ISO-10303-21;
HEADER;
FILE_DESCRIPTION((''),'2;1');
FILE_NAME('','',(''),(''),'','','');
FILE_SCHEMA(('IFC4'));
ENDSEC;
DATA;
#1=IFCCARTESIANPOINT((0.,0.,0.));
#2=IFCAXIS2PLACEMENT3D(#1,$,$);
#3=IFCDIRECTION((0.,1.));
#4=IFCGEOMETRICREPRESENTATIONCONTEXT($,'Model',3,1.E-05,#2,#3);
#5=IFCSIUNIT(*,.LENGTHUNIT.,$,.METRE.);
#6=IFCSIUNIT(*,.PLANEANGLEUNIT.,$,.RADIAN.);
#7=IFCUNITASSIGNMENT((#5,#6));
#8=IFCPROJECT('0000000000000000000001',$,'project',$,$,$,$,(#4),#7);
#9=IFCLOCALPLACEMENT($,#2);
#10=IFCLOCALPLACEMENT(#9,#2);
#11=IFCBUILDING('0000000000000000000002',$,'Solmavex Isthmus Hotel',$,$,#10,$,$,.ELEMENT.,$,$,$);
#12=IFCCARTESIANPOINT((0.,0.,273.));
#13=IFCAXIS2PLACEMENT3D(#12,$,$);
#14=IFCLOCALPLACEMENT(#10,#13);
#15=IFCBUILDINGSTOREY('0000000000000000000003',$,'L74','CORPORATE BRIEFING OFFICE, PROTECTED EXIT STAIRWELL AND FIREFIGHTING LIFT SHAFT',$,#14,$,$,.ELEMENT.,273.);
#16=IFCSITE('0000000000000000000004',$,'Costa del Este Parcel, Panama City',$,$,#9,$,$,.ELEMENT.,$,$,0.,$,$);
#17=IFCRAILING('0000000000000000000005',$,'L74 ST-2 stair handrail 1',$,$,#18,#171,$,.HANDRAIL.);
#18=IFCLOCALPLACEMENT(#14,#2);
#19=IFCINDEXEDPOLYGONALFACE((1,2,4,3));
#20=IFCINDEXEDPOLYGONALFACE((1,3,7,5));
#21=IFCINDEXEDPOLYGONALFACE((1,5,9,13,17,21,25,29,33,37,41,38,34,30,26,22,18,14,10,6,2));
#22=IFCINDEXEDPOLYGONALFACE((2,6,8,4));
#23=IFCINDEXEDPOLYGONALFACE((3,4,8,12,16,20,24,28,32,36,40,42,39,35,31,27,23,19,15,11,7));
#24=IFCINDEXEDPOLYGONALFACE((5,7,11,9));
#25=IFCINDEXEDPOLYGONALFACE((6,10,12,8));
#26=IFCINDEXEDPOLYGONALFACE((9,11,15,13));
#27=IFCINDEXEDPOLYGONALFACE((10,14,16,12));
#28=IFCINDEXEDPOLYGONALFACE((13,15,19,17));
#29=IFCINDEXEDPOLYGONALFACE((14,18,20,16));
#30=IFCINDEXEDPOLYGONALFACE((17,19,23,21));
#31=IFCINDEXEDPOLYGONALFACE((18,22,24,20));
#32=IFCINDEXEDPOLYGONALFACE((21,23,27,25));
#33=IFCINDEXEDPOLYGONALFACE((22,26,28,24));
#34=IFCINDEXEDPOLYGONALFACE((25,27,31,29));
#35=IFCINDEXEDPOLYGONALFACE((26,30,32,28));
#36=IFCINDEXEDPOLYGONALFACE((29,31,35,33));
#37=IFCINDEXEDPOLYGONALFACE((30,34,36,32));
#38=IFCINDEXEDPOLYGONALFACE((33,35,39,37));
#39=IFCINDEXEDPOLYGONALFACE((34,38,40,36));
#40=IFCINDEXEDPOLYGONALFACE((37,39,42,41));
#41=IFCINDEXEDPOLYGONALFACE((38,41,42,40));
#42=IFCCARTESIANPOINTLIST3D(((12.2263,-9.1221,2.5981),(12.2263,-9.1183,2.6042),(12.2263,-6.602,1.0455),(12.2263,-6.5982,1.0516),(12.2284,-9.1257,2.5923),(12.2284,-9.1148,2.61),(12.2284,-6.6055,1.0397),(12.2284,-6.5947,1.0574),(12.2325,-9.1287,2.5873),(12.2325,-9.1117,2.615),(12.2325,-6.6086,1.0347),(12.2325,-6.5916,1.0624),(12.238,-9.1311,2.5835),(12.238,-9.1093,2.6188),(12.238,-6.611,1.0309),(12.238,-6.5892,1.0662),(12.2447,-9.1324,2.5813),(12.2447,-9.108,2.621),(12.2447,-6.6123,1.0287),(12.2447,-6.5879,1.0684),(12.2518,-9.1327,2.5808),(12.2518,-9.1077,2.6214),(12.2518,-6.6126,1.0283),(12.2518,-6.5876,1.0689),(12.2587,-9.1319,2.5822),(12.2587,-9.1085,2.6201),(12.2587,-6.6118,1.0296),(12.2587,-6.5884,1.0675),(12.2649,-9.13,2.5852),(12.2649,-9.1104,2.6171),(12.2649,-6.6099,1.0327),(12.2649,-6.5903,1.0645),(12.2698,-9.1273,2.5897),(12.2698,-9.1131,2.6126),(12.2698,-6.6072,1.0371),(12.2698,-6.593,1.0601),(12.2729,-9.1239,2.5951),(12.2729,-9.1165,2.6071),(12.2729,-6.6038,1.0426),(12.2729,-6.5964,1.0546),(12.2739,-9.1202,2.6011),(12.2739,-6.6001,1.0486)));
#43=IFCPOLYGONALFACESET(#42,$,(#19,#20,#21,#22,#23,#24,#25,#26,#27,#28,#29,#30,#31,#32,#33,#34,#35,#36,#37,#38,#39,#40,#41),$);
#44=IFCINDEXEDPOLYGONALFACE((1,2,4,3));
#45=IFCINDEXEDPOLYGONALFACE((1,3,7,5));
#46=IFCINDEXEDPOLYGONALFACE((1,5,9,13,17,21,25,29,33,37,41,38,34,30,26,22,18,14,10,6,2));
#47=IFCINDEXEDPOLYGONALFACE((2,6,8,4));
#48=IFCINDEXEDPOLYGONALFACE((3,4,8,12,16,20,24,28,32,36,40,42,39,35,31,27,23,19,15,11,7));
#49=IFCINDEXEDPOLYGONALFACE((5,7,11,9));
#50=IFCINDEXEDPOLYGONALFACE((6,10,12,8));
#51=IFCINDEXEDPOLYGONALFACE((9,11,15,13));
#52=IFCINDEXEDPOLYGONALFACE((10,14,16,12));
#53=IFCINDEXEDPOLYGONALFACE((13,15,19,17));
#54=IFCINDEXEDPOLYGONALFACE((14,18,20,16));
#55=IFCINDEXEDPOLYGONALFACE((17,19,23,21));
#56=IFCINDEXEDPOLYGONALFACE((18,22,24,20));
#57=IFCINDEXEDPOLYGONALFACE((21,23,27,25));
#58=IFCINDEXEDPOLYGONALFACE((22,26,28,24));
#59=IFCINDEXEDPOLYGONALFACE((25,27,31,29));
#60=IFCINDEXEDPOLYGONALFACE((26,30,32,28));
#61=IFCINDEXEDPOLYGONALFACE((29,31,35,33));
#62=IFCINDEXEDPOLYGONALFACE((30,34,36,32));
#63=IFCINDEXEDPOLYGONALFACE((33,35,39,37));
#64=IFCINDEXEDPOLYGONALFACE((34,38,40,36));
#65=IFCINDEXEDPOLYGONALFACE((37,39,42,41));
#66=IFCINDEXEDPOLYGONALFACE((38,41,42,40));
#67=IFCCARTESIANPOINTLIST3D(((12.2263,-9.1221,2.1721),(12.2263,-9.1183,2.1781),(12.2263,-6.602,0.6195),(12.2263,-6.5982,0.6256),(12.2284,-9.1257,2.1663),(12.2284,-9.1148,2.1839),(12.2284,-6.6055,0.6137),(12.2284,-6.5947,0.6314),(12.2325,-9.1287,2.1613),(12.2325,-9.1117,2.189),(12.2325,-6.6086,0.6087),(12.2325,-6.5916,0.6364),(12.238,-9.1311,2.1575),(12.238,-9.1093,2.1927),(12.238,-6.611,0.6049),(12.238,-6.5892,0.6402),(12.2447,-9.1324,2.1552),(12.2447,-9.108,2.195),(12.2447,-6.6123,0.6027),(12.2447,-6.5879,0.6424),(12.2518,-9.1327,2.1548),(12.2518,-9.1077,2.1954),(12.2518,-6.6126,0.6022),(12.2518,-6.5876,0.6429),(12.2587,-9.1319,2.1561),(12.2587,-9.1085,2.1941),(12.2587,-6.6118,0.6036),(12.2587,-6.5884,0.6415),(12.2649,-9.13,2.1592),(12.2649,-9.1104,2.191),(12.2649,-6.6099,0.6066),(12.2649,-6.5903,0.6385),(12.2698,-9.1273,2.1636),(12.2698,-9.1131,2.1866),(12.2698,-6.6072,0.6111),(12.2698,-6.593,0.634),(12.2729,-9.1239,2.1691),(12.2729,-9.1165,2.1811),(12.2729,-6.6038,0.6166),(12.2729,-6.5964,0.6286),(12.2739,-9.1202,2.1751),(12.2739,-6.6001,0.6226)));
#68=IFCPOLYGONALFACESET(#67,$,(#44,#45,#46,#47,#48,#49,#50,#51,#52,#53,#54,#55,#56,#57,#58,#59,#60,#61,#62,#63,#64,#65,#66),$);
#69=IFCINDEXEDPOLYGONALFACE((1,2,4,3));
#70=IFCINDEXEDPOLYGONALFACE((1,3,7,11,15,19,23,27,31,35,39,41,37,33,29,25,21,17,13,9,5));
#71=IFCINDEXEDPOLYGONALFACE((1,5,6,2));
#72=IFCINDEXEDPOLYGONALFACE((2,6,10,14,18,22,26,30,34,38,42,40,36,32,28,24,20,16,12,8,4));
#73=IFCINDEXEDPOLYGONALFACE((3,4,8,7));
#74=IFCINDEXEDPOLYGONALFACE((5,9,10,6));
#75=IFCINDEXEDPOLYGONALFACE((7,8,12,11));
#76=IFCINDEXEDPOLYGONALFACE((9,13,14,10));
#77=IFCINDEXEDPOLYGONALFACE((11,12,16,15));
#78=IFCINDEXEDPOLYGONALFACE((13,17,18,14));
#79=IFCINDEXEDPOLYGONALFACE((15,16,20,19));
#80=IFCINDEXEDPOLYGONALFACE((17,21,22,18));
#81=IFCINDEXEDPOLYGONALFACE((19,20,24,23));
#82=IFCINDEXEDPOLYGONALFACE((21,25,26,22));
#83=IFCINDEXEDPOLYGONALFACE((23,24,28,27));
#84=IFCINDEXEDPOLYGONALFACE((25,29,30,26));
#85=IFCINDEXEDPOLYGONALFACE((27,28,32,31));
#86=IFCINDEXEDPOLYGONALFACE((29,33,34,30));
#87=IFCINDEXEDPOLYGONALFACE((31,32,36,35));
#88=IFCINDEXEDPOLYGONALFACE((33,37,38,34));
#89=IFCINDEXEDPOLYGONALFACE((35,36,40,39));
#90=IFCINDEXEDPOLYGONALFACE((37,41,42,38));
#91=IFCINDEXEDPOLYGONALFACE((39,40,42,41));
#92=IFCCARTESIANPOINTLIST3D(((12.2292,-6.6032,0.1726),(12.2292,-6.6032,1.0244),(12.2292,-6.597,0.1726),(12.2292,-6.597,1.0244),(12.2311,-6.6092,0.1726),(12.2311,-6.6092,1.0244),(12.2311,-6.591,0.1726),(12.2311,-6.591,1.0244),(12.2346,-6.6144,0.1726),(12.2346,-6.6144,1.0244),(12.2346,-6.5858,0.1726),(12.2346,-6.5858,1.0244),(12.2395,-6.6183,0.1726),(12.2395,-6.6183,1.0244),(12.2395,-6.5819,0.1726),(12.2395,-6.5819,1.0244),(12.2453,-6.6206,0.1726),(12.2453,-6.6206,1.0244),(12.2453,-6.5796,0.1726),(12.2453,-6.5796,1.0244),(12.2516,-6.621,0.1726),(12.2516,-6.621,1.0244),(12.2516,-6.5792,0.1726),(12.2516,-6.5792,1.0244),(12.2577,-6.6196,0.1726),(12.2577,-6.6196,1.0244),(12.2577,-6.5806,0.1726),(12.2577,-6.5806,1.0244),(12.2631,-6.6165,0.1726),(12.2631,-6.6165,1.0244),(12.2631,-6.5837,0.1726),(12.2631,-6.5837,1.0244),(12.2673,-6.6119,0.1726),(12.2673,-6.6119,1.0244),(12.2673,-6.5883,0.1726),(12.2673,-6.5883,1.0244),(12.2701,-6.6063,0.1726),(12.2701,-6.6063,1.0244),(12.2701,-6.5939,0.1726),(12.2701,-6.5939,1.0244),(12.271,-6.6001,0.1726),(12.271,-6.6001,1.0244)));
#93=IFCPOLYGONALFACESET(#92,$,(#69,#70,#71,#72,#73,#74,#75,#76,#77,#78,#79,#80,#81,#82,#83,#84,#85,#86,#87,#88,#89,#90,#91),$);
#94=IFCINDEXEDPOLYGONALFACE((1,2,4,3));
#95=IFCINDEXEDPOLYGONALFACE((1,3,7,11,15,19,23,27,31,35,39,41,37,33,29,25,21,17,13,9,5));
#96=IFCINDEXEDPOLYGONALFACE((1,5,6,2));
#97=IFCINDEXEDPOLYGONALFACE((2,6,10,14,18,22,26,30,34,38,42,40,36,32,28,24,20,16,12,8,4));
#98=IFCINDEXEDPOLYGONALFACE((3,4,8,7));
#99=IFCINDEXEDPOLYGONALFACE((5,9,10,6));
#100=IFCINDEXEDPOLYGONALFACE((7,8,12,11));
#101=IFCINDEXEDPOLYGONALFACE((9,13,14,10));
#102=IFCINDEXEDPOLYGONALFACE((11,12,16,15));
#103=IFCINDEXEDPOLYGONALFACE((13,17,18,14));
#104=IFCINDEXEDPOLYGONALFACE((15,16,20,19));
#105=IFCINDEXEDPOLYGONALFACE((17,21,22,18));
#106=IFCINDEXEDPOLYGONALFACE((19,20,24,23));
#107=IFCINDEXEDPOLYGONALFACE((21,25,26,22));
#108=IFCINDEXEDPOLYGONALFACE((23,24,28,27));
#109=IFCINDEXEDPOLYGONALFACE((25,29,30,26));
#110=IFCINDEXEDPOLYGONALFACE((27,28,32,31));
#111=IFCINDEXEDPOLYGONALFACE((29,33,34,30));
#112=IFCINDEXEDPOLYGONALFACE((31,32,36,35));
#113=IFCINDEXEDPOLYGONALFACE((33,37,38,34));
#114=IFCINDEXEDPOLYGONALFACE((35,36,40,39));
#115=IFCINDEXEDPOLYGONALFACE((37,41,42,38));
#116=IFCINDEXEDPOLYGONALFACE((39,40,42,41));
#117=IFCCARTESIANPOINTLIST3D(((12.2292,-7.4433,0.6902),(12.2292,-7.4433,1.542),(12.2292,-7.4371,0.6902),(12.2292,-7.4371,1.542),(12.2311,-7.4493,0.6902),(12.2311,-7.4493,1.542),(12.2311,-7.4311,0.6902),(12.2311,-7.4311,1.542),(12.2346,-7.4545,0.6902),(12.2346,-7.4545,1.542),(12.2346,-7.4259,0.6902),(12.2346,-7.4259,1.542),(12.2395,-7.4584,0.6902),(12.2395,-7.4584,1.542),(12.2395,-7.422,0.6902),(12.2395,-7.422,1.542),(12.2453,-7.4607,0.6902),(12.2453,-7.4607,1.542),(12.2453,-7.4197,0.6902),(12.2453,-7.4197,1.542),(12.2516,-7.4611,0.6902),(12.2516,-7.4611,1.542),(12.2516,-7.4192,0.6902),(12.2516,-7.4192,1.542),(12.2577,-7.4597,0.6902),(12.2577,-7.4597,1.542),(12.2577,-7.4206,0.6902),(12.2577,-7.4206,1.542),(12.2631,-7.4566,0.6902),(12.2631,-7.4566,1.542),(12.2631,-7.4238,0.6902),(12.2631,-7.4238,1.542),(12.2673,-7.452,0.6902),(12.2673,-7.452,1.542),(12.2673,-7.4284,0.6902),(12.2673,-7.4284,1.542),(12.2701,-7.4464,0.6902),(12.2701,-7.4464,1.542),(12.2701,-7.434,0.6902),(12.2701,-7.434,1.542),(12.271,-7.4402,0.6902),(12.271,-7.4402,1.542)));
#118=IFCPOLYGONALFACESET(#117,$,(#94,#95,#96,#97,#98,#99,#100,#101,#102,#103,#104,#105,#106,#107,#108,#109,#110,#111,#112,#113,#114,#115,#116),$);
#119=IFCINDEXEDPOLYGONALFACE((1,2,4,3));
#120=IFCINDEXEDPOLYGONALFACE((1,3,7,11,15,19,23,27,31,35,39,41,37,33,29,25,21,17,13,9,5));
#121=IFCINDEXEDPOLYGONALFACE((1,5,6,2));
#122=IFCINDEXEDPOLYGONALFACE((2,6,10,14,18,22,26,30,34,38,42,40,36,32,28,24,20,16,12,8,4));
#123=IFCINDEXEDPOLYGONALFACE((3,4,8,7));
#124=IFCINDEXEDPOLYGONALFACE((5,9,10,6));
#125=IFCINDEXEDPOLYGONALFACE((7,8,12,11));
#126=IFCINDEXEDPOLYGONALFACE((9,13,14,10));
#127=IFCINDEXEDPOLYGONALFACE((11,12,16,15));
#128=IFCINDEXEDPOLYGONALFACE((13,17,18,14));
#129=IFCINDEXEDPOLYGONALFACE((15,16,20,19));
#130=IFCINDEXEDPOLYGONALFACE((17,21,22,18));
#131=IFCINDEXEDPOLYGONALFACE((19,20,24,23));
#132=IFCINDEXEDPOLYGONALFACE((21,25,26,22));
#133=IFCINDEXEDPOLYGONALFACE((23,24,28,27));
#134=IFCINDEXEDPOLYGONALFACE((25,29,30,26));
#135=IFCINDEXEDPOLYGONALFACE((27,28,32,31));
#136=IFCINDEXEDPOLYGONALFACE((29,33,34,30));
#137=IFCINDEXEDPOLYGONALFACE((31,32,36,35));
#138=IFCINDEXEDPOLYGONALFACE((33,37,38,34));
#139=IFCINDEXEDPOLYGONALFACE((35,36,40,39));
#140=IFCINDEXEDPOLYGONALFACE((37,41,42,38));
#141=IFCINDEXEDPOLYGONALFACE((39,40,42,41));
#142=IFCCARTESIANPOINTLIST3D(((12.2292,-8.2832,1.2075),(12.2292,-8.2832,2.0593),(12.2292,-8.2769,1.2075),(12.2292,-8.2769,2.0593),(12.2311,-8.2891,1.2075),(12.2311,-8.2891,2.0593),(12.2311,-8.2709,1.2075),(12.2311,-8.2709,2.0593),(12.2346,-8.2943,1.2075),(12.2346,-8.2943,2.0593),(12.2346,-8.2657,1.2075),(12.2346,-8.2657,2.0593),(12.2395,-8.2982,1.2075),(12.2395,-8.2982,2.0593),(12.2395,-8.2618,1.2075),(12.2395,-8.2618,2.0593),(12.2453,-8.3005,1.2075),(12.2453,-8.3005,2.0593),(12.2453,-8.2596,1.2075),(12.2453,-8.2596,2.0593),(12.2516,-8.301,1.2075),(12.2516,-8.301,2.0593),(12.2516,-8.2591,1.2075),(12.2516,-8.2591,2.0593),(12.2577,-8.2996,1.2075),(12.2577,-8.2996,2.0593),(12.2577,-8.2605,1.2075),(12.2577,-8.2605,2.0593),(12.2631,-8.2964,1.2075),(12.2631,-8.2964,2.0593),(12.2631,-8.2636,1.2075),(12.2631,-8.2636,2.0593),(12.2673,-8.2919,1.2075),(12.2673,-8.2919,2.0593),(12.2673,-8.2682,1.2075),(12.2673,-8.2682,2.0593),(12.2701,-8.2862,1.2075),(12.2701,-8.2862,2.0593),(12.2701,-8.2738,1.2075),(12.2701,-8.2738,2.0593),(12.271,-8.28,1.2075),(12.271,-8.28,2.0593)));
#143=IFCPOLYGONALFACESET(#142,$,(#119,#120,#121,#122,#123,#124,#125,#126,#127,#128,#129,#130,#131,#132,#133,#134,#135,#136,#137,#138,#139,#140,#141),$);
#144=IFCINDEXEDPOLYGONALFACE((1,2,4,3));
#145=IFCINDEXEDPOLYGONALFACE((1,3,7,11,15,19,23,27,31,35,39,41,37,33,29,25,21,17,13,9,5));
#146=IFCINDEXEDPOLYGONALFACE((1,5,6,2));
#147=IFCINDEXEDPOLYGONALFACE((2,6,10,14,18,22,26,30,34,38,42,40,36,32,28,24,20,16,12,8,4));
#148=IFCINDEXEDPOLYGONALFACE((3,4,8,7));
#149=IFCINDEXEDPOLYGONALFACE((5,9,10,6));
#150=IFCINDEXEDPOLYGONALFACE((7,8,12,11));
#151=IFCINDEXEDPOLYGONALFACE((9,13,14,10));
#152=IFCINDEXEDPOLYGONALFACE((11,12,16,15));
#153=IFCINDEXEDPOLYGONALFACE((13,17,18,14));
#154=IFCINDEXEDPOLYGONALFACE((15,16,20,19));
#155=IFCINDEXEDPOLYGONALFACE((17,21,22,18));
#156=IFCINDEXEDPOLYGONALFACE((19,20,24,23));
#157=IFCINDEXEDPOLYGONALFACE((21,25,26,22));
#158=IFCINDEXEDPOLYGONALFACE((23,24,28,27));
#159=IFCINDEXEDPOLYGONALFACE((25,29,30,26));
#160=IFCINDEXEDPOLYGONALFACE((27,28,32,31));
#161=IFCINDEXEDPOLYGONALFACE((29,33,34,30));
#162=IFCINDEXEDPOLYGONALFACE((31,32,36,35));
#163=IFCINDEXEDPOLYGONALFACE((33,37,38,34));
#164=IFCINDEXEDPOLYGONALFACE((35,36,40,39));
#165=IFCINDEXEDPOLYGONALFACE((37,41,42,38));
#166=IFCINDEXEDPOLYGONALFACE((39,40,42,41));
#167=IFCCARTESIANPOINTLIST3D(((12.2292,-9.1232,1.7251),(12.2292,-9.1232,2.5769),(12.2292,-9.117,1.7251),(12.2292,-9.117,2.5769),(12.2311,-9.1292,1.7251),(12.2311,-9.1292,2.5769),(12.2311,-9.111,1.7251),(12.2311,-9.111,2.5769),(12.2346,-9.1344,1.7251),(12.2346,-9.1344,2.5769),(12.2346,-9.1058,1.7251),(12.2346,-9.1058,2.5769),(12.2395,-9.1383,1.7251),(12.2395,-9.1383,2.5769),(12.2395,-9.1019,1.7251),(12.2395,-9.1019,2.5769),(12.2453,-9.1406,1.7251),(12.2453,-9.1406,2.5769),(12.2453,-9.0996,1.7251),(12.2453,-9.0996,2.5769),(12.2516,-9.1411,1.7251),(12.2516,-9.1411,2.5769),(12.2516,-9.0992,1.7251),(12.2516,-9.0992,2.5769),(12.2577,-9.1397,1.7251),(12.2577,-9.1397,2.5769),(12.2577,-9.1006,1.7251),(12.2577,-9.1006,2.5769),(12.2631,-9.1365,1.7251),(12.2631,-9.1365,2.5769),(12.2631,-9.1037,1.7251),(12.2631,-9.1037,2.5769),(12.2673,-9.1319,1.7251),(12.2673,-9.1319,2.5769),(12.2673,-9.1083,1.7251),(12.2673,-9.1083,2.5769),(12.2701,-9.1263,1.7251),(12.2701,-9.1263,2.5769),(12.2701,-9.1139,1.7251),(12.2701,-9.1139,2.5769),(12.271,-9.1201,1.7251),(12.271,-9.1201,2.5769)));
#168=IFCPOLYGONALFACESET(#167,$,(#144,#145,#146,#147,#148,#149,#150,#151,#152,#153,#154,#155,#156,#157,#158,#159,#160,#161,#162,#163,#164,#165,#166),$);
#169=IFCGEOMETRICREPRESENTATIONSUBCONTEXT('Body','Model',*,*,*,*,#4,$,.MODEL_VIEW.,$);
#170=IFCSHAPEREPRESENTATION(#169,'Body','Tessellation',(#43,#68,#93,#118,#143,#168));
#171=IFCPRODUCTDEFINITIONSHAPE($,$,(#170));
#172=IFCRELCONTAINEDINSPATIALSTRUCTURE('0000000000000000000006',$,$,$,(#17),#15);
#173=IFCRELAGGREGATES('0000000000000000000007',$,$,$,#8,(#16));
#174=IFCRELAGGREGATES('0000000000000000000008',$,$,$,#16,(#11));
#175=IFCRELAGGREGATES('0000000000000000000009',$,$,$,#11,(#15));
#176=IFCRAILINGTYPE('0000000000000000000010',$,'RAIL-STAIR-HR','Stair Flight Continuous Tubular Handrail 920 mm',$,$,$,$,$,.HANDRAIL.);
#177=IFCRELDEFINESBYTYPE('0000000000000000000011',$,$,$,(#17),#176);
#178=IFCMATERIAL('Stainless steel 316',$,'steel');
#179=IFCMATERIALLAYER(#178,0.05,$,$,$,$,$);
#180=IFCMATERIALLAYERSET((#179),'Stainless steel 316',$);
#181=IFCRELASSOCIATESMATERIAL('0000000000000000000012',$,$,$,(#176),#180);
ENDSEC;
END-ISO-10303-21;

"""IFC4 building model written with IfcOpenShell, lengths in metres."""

from ifc_helpers import new_model, si_unit, direction, frame, origin, origin_2d, place, context, subcontext, project, spatial, circle, extrude, material, layer, layer_set, type_object, element, save


model = new_model("IFC4")

# Units and contexts
model_context = context("Model", 3, precision=1e-05, world=origin(), true_north=direction((0.0, 1.0)))
body_context = subcontext(model_context, "Body", "Model", "MODEL_VIEW")
ifc_project = project(units=[si_unit("LENGTHUNIT", "METRE"), si_unit("PLANEANGLEUNIT", "RADIAN")], contexts=[model_context])

# Site, building, storey
site_placement = place(None, origin())
site = spatial("IfcSite", under=ifc_project, at=site_placement, Name="Costa del Este Parcel, Panama City", CompositionType="ELEMENT", RefElevation=0.0)
building_placement = place(site_placement, origin())
building = spatial("IfcBuilding", under=site, at=building_placement, Name="Solmavex Isthmus Hotel", CompositionType="ELEMENT")
storey_placement = place(building_placement, frame((0.0, 0.0, 273.0)))
storey = spatial("IfcBuildingStorey", under=building, at=storey_placement, Name="L74", Description="CORPORATE BRIEFING OFFICE, PROTECTED EXIT STAIRWELL AND FIREFIGHTING LIFT SHAFT", CompositionType="ELEMENT", Elevation=273.0)

# Railing
ifc_material_1 = material(Name="Stainless steel 316", Category="steel")
ifc_layer_1 = layer(ifc_material_1, 0.05)
ifc_layer_set_1 = layer_set([ifc_layer_1], Name="Stainless steel 316")
railing_type_1 = type_object("IfcRailingType", Name="RAIL-STAIR-HR", Description="Stair Flight Continuous Tubular Handrail 920 mm", PredefinedType="HANDRAIL", material=ifc_layer_set_1)
railing_1_placement = place(storey_placement, frame((12.25, -6.6001, 0.1726)))
element("IfcRailing", 1, at=railing_1_placement, inside=storey, type_object=railing_type_1, Name="L74 ST-2 stair handrail 1", PredefinedType="HANDRAIL", context=body_context, shape_type="SweptSolid", body=[
    extrude(circle(Radius=0.0239, at=origin_2d()), frame((0.0, 0.0, 0.876), z_axis=(0.0, -0.8514, 0.524516), x_axis=(1.0, 0.0, 0.0)), (0.0, 0.0, 1.0), 2.96),
    extrude(circle(Radius=0.0239, at=origin_2d()), frame((0.0, 0.0, 0.45), z_axis=(0.0, -0.8514, 0.524516), x_axis=(1.0, 0.0, 0.0)), (0.0, 0.0, 1.0), 2.96),
    extrude(circle(Radius=0.021, at=origin_2d()), origin(), (0.0, 0.0, 1.0), 0.8518),
    extrude(circle(Radius=0.021, at=origin_2d()), frame((0.0, -0.8401, 0.5176)), (0.0, 0.0, 1.0), 0.8518),
    extrude(circle(Radius=0.021, at=origin_2d()), frame((0.0, -1.6799, 1.0349)), (0.0, 0.0, 1.0), 0.8518),
    extrude(circle(Radius=0.021, at=origin_2d()), frame((0.0, -2.52, 1.5525)), (0.0, 0.0, 1.0), 0.8518),
])

save(model, "model.ifc")
